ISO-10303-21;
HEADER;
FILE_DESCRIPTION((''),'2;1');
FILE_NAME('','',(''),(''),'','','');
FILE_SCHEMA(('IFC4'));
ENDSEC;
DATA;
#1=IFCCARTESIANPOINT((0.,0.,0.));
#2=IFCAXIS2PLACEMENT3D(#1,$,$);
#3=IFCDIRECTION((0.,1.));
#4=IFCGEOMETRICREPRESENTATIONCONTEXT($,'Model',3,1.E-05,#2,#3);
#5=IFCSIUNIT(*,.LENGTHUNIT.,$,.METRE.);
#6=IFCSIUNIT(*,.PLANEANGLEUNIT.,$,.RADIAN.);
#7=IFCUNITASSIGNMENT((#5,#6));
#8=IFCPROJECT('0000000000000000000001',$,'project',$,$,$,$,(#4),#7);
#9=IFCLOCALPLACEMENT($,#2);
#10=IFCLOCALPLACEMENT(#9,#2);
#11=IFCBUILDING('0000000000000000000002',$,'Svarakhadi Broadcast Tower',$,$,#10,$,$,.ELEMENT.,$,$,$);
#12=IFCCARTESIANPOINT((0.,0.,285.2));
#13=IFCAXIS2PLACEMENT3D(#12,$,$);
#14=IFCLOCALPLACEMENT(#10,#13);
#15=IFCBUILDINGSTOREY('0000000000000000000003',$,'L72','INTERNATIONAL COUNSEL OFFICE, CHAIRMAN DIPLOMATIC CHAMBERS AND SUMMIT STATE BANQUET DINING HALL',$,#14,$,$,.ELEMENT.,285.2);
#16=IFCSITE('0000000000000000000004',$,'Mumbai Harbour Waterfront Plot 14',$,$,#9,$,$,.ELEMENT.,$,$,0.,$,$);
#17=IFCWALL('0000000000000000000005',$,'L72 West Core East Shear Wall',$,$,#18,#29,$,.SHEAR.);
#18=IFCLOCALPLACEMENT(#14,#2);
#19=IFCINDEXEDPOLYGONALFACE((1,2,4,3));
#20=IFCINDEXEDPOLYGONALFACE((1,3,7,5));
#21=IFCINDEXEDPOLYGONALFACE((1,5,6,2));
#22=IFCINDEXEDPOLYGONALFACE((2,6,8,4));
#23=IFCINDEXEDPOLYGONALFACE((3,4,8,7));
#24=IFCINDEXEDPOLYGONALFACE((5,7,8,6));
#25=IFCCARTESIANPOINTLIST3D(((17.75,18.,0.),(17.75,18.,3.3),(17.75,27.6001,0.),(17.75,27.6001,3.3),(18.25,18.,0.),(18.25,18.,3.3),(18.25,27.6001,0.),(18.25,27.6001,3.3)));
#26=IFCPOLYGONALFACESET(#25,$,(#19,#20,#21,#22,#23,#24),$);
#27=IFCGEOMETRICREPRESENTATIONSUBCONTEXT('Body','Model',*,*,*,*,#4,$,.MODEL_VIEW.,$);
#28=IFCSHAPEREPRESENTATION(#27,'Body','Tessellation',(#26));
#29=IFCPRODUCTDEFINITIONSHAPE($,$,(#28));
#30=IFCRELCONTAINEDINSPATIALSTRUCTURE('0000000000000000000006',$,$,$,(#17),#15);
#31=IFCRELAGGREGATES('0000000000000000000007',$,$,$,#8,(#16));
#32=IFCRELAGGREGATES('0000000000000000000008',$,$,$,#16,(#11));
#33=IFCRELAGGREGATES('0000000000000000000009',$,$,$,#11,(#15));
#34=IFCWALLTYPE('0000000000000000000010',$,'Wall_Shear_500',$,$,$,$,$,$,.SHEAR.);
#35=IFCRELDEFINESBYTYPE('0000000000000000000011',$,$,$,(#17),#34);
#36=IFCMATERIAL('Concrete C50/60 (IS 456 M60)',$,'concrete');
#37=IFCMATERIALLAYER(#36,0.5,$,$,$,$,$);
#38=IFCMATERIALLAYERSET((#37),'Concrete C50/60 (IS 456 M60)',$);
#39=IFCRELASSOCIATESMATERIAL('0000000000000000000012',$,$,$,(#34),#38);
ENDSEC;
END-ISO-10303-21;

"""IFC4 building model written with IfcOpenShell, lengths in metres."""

from ifc_helpers import new_model, si_unit, direction, frame, frame_2d, origin, place, context, subcontext, project, spatial, rectangle, extrude, material, layer, layer_set, type_object, element, save


model = new_model("IFC4")

# Units and contexts
model_context = context("Model", 3, precision=1e-05, world=origin(), true_north=direction((0.0, 1.0)))
body_context = subcontext(model_context, "Body", "Model", "MODEL_VIEW")
ifc_project = project(units=[si_unit("LENGTHUNIT", "METRE"), si_unit("PLANEANGLEUNIT", "RADIAN")], contexts=[model_context])

# Site, building, storey
site_placement = place(None, origin())
site = spatial("IfcSite", under=ifc_project, at=site_placement, Name="Mumbai Harbour Waterfront Plot 14", CompositionType="ELEMENT", RefElevation=0.0)
building_placement = place(site_placement, origin())
building = spatial("IfcBuilding", under=site, at=building_placement, Name="Svarakhadi Broadcast Tower", CompositionType="ELEMENT")
storey_placement = place(building_placement, frame((0.0, 0.0, 285.2)))
storey = spatial("IfcBuildingStorey", under=building, at=storey_placement, Name="L72", Description="INTERNATIONAL COUNSEL OFFICE, CHAIRMAN DIPLOMATIC CHAMBERS AND SUMMIT STATE BANQUET DINING HALL", CompositionType="ELEMENT", Elevation=285.2)

# Shared definitions
ifc_material_1 = material(Name="Concrete C50/60 (IS 456 M60)", Category="concrete")

# Wall
ifc_layer_1 = layer(ifc_material_1, 0.5)
ifc_layer_set_1 = layer_set([ifc_layer_1], Name="Concrete C50/60 (IS 456 M60)")
wall_type_1 = type_object("IfcWallType", Name="Wall_Shear_500", PredefinedType="SHEAR", material=ifc_layer_set_1)
wall_1_placement = place(storey_placement, frame((18.0, 18.0, 0.0), z_axis=(0.0, 0.0, 1.0), x_axis=(0.0, 1.0, 0.0)))
element("IfcWall", 1, at=wall_1_placement, inside=storey, type_object=wall_type_1, Name="L72 West Core East Shear Wall", PredefinedType="SHEAR", context=body_context, shape_type="SweptSolid", body=[
    extrude(rectangle(XDim=9.6001, YDim=0.5, at=frame_2d((4.8, 0.0))), origin(), (0.0, 0.0, 1.0), 3.3),
])

save(model, "model.ifc")
